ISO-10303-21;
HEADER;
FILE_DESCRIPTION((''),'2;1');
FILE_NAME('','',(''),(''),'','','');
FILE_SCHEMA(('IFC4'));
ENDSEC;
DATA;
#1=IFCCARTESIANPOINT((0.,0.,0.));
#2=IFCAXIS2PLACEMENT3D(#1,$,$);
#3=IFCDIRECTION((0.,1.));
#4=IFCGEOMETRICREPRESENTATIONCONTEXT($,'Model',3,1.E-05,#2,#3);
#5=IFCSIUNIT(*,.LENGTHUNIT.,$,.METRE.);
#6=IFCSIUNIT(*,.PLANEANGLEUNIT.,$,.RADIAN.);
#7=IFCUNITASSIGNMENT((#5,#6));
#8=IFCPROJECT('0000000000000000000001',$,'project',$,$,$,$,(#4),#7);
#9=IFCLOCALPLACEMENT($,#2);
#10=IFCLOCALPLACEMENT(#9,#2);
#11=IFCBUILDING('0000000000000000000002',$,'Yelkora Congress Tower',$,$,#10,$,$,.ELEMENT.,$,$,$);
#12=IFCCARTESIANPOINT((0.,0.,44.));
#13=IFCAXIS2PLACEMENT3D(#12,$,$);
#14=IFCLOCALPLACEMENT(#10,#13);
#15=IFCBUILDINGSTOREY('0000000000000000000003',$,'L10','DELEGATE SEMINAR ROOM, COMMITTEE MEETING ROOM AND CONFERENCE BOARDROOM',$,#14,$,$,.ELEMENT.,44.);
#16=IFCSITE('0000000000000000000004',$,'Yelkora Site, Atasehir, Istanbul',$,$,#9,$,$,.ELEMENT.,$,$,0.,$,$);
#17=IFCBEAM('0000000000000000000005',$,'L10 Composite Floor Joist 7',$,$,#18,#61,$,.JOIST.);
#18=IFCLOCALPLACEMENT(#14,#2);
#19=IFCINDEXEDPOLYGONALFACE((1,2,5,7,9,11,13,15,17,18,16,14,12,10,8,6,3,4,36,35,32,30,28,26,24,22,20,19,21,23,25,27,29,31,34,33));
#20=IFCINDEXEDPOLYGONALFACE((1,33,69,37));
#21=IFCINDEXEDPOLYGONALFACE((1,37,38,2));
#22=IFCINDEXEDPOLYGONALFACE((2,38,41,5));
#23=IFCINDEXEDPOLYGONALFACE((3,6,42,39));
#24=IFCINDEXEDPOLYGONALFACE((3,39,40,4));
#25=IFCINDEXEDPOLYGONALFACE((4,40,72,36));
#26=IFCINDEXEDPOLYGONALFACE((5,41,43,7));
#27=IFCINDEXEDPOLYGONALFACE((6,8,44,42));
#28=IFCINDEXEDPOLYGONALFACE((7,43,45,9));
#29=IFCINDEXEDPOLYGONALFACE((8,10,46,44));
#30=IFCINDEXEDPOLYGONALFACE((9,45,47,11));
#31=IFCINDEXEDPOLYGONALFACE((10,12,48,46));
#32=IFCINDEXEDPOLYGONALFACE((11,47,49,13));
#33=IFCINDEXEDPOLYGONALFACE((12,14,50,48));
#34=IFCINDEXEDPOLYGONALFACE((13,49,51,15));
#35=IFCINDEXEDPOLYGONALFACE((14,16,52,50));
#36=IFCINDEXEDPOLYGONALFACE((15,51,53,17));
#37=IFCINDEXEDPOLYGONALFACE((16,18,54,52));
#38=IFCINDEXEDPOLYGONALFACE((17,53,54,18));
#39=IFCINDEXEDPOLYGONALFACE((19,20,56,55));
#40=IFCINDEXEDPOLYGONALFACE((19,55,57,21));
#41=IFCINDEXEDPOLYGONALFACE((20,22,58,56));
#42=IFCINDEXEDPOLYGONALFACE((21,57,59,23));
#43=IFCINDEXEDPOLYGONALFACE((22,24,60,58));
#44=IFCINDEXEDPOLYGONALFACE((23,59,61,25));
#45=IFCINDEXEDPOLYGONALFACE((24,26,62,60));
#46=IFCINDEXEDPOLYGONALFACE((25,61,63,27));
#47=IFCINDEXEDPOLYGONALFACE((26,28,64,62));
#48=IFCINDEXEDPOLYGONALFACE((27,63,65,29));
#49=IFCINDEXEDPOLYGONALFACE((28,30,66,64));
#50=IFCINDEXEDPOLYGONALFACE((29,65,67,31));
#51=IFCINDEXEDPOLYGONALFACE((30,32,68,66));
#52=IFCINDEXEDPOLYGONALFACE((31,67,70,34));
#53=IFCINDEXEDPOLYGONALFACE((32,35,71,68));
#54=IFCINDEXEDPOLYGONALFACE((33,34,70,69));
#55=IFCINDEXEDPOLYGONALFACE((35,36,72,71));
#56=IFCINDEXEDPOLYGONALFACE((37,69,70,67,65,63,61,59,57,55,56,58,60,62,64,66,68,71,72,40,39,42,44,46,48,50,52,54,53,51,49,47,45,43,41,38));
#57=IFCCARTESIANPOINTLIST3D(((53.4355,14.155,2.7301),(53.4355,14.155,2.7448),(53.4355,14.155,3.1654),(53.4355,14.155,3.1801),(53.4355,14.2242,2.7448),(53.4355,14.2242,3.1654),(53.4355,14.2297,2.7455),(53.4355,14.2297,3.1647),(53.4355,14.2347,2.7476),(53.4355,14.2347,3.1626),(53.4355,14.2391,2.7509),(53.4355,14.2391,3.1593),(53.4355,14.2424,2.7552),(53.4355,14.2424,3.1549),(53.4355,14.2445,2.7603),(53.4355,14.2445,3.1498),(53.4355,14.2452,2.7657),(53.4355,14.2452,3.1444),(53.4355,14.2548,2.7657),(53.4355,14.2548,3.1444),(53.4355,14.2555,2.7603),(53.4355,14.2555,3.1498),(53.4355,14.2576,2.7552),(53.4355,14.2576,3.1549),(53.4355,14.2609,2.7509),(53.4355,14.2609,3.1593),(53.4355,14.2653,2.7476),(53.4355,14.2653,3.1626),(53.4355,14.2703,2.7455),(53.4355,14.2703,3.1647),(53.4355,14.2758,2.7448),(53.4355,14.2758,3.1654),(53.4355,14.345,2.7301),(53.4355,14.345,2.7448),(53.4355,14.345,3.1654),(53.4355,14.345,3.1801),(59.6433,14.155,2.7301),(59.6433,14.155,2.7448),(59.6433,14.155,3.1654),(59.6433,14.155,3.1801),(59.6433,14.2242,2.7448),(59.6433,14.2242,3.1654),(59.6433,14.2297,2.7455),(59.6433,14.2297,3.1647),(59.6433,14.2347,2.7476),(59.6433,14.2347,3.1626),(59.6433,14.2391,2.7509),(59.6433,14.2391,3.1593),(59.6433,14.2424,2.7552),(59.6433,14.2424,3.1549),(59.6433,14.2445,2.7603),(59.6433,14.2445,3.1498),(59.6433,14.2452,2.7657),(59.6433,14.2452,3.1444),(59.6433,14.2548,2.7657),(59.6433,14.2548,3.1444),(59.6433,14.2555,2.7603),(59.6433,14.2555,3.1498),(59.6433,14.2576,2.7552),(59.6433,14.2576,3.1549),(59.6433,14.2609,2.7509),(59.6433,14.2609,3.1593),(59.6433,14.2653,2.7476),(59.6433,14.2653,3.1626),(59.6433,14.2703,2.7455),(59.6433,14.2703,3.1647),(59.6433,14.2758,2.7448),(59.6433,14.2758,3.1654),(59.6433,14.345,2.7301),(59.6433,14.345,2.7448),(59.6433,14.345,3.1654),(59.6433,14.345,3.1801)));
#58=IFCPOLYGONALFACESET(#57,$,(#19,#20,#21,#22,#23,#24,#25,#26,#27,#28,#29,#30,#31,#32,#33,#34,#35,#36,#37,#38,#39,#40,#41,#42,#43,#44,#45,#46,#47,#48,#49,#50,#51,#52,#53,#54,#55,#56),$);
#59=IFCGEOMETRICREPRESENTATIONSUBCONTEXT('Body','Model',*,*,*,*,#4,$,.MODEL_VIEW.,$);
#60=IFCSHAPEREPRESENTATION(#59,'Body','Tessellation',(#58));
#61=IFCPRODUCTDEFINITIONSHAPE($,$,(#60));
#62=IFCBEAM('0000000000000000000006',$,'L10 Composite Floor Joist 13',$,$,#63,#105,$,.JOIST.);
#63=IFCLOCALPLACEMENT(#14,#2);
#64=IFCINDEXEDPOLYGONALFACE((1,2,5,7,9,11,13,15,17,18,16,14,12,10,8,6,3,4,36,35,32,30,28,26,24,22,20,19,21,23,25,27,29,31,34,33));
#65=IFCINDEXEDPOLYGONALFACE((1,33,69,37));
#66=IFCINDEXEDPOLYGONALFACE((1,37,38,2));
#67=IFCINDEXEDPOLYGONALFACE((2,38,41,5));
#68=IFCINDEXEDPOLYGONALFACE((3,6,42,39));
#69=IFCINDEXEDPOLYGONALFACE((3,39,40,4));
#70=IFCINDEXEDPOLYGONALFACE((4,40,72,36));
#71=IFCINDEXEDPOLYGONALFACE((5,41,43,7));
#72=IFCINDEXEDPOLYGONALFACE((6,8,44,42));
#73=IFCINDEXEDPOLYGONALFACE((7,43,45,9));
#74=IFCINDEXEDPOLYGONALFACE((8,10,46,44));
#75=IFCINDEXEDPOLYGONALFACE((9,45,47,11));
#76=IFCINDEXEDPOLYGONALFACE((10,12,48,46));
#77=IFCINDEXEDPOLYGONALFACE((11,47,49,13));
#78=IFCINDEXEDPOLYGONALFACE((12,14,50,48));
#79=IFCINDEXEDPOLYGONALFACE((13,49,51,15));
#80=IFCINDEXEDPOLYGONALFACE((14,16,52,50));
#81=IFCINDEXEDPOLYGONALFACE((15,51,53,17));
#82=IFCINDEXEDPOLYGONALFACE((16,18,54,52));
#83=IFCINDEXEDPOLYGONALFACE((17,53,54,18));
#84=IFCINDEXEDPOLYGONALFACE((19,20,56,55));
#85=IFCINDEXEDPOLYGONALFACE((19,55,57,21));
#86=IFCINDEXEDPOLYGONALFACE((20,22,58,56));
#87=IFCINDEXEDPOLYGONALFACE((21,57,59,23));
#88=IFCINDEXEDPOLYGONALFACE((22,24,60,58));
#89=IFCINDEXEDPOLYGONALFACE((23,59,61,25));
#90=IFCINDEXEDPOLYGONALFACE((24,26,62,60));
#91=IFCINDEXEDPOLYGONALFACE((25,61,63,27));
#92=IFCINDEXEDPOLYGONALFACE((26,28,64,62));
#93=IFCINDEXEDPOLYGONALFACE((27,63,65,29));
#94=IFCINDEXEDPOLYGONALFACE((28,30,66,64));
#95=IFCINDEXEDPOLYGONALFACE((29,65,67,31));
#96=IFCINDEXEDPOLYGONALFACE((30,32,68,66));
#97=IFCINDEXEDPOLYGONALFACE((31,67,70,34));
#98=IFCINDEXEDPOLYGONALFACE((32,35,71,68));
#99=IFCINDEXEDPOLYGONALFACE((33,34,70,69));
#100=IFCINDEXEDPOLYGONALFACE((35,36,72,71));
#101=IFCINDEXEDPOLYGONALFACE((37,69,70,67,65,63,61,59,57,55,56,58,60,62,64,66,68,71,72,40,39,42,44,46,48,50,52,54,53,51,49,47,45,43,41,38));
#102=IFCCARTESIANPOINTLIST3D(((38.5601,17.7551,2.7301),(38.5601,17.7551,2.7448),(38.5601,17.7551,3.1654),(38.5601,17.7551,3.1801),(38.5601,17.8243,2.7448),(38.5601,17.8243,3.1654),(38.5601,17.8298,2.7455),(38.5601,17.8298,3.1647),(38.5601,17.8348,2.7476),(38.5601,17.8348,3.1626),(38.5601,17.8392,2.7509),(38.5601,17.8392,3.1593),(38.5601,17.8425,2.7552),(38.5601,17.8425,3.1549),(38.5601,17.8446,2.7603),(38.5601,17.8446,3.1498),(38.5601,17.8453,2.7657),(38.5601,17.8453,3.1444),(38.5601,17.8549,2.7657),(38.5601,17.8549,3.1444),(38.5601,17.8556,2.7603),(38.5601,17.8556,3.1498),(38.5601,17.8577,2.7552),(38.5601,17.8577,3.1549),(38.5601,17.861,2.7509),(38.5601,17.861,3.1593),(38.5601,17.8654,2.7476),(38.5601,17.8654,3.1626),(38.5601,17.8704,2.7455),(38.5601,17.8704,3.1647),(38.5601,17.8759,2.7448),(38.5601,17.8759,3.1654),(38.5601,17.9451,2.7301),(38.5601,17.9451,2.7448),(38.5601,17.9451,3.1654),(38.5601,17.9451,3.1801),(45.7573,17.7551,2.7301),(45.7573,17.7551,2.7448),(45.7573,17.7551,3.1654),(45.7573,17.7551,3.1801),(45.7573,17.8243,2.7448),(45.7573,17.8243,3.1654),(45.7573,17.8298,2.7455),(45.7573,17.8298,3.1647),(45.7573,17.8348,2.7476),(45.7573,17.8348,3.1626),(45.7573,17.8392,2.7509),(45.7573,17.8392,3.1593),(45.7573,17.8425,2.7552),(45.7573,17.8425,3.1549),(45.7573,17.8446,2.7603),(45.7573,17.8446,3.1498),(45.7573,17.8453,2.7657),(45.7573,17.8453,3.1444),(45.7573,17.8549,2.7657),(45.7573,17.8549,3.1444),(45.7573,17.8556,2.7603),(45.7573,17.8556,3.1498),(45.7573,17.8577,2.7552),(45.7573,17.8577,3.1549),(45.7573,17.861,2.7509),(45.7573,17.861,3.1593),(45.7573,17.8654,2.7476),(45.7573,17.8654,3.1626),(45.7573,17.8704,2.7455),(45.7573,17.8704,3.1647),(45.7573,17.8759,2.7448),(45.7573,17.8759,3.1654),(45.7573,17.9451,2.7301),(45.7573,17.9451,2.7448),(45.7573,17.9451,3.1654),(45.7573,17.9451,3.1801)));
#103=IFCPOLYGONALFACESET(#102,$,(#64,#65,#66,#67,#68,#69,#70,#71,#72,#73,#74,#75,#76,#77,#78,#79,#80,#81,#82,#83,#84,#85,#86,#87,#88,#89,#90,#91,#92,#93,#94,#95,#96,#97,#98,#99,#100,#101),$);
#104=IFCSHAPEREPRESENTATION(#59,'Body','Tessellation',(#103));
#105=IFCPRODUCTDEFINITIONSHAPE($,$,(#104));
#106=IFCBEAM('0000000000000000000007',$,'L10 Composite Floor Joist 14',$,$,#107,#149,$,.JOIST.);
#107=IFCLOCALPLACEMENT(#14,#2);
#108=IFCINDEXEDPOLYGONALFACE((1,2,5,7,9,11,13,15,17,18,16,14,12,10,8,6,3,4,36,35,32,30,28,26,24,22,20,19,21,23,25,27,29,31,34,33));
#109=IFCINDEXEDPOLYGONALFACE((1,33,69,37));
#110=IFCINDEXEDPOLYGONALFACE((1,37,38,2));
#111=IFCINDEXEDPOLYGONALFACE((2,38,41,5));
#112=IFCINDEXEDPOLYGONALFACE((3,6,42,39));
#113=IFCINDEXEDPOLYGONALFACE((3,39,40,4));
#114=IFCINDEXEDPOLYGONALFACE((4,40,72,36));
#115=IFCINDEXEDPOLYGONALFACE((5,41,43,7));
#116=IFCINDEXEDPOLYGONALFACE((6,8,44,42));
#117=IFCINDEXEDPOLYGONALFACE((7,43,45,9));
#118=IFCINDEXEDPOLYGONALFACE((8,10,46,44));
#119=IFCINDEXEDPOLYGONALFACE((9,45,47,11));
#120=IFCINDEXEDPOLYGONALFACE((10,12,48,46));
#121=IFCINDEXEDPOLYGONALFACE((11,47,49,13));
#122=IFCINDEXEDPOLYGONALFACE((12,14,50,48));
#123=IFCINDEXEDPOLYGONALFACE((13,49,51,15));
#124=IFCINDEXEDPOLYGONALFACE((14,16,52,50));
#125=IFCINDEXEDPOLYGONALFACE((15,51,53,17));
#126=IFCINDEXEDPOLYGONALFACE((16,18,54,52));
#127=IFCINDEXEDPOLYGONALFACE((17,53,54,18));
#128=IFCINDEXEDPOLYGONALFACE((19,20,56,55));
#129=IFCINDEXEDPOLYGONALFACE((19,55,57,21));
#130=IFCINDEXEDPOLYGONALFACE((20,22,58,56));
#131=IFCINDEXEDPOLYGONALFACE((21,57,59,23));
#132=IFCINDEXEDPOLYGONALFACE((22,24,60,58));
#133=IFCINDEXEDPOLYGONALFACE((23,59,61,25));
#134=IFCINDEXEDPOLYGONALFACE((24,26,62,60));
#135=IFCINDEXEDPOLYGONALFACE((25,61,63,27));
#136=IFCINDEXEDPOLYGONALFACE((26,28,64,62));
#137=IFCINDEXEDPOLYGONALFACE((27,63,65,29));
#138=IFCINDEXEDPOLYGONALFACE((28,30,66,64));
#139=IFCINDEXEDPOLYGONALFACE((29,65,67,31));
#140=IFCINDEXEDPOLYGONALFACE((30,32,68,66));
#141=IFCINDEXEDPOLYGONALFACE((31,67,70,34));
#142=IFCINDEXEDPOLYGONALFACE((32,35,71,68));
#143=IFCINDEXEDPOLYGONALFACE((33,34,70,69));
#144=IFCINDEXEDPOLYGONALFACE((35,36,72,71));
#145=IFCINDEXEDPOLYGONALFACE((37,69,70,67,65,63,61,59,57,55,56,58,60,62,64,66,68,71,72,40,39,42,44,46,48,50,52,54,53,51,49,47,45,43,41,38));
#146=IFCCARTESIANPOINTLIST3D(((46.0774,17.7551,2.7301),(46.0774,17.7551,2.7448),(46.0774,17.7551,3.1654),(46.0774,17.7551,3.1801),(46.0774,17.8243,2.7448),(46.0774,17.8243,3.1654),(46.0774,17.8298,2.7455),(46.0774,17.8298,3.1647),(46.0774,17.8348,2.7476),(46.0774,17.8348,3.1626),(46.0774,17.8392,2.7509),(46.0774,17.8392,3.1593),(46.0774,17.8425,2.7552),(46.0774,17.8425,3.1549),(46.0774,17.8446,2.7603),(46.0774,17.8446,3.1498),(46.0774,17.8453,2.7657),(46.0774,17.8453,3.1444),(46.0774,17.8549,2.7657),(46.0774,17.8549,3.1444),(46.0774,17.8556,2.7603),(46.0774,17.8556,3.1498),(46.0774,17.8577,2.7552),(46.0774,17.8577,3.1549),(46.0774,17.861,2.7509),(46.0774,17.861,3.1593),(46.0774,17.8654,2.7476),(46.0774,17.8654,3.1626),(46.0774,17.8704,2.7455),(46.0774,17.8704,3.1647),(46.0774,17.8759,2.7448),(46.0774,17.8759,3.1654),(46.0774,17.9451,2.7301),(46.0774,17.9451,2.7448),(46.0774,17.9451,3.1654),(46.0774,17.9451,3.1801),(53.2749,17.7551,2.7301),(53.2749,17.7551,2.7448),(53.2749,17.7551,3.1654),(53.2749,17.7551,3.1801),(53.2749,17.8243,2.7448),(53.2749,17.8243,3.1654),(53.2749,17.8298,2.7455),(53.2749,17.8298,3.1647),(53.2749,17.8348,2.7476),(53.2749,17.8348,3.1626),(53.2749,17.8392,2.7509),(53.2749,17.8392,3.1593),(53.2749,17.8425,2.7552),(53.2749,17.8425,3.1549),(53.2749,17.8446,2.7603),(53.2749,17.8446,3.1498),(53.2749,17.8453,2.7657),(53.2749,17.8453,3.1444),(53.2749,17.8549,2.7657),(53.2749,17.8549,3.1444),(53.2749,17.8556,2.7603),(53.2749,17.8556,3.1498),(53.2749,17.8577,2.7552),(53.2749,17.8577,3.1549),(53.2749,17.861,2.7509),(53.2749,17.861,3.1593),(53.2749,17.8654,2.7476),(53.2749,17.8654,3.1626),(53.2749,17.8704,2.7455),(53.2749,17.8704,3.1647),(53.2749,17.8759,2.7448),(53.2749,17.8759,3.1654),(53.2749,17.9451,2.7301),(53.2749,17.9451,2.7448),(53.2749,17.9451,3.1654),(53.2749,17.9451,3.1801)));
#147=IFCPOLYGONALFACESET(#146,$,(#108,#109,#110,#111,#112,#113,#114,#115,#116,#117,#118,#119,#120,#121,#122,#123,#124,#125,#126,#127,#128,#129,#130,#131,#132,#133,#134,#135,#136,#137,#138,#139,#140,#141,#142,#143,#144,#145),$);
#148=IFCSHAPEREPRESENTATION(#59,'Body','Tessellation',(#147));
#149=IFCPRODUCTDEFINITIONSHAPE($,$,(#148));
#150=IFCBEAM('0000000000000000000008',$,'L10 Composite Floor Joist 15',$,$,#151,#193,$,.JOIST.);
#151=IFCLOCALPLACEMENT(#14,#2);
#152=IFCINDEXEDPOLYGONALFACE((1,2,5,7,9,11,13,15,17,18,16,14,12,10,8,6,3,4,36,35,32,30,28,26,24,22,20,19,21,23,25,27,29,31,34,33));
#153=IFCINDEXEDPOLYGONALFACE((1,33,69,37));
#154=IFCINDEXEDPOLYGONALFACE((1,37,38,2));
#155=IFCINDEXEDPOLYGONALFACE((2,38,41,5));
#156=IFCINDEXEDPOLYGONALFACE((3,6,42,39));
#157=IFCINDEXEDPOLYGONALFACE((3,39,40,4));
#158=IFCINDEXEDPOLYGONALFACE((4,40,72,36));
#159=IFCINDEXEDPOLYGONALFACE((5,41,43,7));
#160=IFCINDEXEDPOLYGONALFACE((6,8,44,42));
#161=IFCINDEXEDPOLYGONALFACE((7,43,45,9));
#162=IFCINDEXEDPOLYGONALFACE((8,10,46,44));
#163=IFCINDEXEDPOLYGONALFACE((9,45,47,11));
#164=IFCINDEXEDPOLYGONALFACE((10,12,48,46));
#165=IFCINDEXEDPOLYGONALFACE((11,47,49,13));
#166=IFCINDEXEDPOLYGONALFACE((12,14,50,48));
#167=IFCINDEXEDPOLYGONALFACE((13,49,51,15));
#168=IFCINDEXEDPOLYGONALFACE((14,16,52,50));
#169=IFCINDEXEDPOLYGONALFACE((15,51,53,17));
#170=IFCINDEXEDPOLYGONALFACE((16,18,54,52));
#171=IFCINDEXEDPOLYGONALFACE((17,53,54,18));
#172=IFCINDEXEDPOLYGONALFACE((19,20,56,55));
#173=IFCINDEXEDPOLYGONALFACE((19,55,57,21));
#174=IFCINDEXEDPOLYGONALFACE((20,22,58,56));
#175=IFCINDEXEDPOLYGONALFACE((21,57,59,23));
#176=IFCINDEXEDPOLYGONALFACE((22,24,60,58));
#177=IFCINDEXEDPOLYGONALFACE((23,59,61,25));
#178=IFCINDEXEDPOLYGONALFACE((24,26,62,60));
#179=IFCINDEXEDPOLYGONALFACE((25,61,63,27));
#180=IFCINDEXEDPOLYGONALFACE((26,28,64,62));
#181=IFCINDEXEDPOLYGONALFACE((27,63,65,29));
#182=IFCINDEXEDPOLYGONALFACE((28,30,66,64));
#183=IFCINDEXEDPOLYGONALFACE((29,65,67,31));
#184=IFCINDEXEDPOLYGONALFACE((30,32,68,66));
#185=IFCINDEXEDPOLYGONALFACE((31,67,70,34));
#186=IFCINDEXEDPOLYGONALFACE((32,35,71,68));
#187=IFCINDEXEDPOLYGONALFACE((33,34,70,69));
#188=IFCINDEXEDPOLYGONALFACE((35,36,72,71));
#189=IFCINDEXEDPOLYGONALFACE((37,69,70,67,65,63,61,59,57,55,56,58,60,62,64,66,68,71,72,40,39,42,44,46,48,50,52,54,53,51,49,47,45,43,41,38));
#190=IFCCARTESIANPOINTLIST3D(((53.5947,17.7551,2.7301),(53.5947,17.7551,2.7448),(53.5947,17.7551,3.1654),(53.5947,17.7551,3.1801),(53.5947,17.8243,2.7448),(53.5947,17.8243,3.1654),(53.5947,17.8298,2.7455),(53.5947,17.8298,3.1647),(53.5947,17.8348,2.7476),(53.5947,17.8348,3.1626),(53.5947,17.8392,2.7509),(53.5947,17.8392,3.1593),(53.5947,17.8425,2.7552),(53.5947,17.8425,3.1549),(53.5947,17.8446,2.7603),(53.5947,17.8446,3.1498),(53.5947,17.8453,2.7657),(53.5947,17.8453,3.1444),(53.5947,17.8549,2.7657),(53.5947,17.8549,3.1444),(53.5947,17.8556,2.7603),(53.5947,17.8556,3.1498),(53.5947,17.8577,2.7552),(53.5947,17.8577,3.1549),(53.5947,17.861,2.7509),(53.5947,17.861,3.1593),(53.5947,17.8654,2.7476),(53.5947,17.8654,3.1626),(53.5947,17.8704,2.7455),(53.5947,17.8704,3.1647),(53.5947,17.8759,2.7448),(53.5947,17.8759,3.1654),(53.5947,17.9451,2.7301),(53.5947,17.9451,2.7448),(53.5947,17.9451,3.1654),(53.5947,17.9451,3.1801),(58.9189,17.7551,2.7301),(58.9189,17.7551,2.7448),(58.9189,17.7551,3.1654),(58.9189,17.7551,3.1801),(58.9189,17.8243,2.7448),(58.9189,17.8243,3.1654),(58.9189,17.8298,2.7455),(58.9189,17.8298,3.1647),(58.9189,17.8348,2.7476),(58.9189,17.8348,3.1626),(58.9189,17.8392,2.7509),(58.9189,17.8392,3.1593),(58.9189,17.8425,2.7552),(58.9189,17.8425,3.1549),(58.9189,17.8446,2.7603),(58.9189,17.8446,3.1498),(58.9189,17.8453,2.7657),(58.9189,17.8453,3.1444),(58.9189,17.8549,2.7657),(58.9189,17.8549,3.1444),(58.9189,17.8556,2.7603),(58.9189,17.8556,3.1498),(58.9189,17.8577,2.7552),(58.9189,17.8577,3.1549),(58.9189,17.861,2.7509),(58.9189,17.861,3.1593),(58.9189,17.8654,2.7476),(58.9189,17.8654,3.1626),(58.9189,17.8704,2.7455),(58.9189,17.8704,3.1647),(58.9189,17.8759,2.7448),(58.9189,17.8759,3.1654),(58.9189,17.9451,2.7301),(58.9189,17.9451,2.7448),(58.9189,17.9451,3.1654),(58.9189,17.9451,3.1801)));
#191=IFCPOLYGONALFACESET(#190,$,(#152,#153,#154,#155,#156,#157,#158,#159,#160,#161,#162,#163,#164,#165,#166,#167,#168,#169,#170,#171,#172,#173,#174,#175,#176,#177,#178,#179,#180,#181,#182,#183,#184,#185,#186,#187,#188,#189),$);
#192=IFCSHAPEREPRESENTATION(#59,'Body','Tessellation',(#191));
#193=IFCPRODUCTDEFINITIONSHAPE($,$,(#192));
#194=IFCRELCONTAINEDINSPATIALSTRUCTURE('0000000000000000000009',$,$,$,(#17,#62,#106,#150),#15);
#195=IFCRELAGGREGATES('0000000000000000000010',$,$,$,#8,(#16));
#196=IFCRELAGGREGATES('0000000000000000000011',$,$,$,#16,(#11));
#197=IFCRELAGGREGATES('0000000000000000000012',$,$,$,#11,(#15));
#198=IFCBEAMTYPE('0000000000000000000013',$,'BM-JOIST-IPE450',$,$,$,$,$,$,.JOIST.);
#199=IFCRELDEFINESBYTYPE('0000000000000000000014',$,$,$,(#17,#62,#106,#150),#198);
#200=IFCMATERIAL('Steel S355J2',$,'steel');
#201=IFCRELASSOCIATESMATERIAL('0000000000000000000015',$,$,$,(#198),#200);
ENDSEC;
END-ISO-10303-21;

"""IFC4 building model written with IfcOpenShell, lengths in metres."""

from ifc_helpers import new_model, si_unit, direction, frame, origin, origin_2d, place, context, subcontext, project, spatial, i_section, extrude, material, material_profile, profile_set, type_object, element, save


model = new_model("IFC4")

# Units and contexts
model_context = context("Model", 3, precision=1e-05, world=origin(), true_north=direction((0.0, 1.0)))
body_context = subcontext(model_context, "Body", "Model", "MODEL_VIEW")
ifc_project = project(units=[si_unit("LENGTHUNIT", "METRE"), si_unit("PLANEANGLEUNIT", "RADIAN")], contexts=[model_context])

# Site, building, storey
site_placement = place(None, origin())
site = spatial("IfcSite", under=ifc_project, at=site_placement, Name="Yelkora Site, Atasehir, Istanbul", CompositionType="ELEMENT", RefElevation=0.0)
building_placement = place(site_placement, origin())
building = spatial("IfcBuilding", under=site, at=building_placement, Name="Yelkora Congress Tower", CompositionType="ELEMENT")
storey_placement = place(building_placement, frame((0.0, 0.0, 44.0)))
storey = spatial("IfcBuildingStorey", under=building, at=storey_placement, Name="L10", Description="DELEGATE SEMINAR ROOM, COMMITTEE MEETING ROOM AND CONFERENCE BOARDROOM", CompositionType="ELEMENT", Elevation=44.0)

# Beams
ifc_material_1 = material(Name="Steel S355J2", Category="steel")
ifc_material_profile_1 = material_profile(ifc_material_1, i_section(OverallWidth=0.1899, OverallDepth=0.45, WebThickness=0.0095, FlangeThickness=0.0146, FilletRadius=0.021, at=origin_2d()), Name="IPE 450")
ifc_profile_set_1 = profile_set([ifc_material_profile_1], Name="Steel S355J2")
beam_type_1 = type_object("IfcBeamType", Name="BM-JOIST-IPE450", PredefinedType="JOIST", material=ifc_profile_set_1)
beam_1_placement = place(storey_placement, frame((53.4355, 14.25, 2.9551), z_axis=(1.0, 0.0, 0.0), x_axis=(0.0, 1.0, 0.0)))
element("IfcBeam", 1, at=beam_1_placement, inside=storey, type_object=beam_type_1, Name="L10 Composite Floor Joist 7", PredefinedType="JOIST", context=body_context, shape_type="SweptSolid", body=[
    extrude(i_section(OverallWidth=0.1899, OverallDepth=0.45, WebThickness=0.0095, FlangeThickness=0.0146, FilletRadius=0.021, at=origin_2d()), origin(), (0.0, 0.0, 1.0), 6.2078),
])
beam_2_placement = place(storey_placement, frame((38.5601, 17.8501, 2.9551), z_axis=(1.0, 0.0, 0.0), x_axis=(0.0, 1.0, 0.0)))
element("IfcBeam", 2, at=beam_2_placement, inside=storey, type_object=beam_type_1, Name="L10 Composite Floor Joist 13", PredefinedType="JOIST", context=body_context, shape_type="SweptSolid", body=[
    extrude(i_section(OverallWidth=0.1899, OverallDepth=0.45, WebThickness=0.0095, FlangeThickness=0.0146, FilletRadius=0.021, at=origin_2d()), origin(), (0.0, 0.0, 1.0), 7.1973),
])
beam_3_placement = place(storey_placement, frame((46.0774, 17.8501, 2.9551), z_axis=(1.0, 0.0, 0.0), x_axis=(0.0, 1.0, 0.0)))
element("IfcBeam", 3, at=beam_3_placement, inside=storey, type_object=beam_type_1, Name="L10 Composite Floor Joist 14", PredefinedType="JOIST", context=body_context, shape_type="SweptSolid", body=[
    extrude(i_section(OverallWidth=0.1899, OverallDepth=0.45, WebThickness=0.0095, FlangeThickness=0.0146, FilletRadius=0.021, at=origin_2d()), origin(), (0.0, 0.0, 1.0), 7.1975),
])
beam_4_placement = place(storey_placement, frame((53.5947, 17.8501, 2.9551), z_axis=(1.0, 0.0, 0.0), x_axis=(0.0, 1.0, 0.0)))
element("IfcBeam", 4, at=beam_4_placement, inside=storey, type_object=beam_type_1, Name="L10 Composite Floor Joist 15", PredefinedType="JOIST", context=body_context, shape_type="SweptSolid", body=[
    extrude(i_section(OverallWidth=0.1899, OverallDepth=0.45, WebThickness=0.0095, FlangeThickness=0.0146, FilletRadius=0.021, at=origin_2d()), origin(), (0.0, 0.0, 1.0), 5.3242),
])

save(model, "model.ifc")
